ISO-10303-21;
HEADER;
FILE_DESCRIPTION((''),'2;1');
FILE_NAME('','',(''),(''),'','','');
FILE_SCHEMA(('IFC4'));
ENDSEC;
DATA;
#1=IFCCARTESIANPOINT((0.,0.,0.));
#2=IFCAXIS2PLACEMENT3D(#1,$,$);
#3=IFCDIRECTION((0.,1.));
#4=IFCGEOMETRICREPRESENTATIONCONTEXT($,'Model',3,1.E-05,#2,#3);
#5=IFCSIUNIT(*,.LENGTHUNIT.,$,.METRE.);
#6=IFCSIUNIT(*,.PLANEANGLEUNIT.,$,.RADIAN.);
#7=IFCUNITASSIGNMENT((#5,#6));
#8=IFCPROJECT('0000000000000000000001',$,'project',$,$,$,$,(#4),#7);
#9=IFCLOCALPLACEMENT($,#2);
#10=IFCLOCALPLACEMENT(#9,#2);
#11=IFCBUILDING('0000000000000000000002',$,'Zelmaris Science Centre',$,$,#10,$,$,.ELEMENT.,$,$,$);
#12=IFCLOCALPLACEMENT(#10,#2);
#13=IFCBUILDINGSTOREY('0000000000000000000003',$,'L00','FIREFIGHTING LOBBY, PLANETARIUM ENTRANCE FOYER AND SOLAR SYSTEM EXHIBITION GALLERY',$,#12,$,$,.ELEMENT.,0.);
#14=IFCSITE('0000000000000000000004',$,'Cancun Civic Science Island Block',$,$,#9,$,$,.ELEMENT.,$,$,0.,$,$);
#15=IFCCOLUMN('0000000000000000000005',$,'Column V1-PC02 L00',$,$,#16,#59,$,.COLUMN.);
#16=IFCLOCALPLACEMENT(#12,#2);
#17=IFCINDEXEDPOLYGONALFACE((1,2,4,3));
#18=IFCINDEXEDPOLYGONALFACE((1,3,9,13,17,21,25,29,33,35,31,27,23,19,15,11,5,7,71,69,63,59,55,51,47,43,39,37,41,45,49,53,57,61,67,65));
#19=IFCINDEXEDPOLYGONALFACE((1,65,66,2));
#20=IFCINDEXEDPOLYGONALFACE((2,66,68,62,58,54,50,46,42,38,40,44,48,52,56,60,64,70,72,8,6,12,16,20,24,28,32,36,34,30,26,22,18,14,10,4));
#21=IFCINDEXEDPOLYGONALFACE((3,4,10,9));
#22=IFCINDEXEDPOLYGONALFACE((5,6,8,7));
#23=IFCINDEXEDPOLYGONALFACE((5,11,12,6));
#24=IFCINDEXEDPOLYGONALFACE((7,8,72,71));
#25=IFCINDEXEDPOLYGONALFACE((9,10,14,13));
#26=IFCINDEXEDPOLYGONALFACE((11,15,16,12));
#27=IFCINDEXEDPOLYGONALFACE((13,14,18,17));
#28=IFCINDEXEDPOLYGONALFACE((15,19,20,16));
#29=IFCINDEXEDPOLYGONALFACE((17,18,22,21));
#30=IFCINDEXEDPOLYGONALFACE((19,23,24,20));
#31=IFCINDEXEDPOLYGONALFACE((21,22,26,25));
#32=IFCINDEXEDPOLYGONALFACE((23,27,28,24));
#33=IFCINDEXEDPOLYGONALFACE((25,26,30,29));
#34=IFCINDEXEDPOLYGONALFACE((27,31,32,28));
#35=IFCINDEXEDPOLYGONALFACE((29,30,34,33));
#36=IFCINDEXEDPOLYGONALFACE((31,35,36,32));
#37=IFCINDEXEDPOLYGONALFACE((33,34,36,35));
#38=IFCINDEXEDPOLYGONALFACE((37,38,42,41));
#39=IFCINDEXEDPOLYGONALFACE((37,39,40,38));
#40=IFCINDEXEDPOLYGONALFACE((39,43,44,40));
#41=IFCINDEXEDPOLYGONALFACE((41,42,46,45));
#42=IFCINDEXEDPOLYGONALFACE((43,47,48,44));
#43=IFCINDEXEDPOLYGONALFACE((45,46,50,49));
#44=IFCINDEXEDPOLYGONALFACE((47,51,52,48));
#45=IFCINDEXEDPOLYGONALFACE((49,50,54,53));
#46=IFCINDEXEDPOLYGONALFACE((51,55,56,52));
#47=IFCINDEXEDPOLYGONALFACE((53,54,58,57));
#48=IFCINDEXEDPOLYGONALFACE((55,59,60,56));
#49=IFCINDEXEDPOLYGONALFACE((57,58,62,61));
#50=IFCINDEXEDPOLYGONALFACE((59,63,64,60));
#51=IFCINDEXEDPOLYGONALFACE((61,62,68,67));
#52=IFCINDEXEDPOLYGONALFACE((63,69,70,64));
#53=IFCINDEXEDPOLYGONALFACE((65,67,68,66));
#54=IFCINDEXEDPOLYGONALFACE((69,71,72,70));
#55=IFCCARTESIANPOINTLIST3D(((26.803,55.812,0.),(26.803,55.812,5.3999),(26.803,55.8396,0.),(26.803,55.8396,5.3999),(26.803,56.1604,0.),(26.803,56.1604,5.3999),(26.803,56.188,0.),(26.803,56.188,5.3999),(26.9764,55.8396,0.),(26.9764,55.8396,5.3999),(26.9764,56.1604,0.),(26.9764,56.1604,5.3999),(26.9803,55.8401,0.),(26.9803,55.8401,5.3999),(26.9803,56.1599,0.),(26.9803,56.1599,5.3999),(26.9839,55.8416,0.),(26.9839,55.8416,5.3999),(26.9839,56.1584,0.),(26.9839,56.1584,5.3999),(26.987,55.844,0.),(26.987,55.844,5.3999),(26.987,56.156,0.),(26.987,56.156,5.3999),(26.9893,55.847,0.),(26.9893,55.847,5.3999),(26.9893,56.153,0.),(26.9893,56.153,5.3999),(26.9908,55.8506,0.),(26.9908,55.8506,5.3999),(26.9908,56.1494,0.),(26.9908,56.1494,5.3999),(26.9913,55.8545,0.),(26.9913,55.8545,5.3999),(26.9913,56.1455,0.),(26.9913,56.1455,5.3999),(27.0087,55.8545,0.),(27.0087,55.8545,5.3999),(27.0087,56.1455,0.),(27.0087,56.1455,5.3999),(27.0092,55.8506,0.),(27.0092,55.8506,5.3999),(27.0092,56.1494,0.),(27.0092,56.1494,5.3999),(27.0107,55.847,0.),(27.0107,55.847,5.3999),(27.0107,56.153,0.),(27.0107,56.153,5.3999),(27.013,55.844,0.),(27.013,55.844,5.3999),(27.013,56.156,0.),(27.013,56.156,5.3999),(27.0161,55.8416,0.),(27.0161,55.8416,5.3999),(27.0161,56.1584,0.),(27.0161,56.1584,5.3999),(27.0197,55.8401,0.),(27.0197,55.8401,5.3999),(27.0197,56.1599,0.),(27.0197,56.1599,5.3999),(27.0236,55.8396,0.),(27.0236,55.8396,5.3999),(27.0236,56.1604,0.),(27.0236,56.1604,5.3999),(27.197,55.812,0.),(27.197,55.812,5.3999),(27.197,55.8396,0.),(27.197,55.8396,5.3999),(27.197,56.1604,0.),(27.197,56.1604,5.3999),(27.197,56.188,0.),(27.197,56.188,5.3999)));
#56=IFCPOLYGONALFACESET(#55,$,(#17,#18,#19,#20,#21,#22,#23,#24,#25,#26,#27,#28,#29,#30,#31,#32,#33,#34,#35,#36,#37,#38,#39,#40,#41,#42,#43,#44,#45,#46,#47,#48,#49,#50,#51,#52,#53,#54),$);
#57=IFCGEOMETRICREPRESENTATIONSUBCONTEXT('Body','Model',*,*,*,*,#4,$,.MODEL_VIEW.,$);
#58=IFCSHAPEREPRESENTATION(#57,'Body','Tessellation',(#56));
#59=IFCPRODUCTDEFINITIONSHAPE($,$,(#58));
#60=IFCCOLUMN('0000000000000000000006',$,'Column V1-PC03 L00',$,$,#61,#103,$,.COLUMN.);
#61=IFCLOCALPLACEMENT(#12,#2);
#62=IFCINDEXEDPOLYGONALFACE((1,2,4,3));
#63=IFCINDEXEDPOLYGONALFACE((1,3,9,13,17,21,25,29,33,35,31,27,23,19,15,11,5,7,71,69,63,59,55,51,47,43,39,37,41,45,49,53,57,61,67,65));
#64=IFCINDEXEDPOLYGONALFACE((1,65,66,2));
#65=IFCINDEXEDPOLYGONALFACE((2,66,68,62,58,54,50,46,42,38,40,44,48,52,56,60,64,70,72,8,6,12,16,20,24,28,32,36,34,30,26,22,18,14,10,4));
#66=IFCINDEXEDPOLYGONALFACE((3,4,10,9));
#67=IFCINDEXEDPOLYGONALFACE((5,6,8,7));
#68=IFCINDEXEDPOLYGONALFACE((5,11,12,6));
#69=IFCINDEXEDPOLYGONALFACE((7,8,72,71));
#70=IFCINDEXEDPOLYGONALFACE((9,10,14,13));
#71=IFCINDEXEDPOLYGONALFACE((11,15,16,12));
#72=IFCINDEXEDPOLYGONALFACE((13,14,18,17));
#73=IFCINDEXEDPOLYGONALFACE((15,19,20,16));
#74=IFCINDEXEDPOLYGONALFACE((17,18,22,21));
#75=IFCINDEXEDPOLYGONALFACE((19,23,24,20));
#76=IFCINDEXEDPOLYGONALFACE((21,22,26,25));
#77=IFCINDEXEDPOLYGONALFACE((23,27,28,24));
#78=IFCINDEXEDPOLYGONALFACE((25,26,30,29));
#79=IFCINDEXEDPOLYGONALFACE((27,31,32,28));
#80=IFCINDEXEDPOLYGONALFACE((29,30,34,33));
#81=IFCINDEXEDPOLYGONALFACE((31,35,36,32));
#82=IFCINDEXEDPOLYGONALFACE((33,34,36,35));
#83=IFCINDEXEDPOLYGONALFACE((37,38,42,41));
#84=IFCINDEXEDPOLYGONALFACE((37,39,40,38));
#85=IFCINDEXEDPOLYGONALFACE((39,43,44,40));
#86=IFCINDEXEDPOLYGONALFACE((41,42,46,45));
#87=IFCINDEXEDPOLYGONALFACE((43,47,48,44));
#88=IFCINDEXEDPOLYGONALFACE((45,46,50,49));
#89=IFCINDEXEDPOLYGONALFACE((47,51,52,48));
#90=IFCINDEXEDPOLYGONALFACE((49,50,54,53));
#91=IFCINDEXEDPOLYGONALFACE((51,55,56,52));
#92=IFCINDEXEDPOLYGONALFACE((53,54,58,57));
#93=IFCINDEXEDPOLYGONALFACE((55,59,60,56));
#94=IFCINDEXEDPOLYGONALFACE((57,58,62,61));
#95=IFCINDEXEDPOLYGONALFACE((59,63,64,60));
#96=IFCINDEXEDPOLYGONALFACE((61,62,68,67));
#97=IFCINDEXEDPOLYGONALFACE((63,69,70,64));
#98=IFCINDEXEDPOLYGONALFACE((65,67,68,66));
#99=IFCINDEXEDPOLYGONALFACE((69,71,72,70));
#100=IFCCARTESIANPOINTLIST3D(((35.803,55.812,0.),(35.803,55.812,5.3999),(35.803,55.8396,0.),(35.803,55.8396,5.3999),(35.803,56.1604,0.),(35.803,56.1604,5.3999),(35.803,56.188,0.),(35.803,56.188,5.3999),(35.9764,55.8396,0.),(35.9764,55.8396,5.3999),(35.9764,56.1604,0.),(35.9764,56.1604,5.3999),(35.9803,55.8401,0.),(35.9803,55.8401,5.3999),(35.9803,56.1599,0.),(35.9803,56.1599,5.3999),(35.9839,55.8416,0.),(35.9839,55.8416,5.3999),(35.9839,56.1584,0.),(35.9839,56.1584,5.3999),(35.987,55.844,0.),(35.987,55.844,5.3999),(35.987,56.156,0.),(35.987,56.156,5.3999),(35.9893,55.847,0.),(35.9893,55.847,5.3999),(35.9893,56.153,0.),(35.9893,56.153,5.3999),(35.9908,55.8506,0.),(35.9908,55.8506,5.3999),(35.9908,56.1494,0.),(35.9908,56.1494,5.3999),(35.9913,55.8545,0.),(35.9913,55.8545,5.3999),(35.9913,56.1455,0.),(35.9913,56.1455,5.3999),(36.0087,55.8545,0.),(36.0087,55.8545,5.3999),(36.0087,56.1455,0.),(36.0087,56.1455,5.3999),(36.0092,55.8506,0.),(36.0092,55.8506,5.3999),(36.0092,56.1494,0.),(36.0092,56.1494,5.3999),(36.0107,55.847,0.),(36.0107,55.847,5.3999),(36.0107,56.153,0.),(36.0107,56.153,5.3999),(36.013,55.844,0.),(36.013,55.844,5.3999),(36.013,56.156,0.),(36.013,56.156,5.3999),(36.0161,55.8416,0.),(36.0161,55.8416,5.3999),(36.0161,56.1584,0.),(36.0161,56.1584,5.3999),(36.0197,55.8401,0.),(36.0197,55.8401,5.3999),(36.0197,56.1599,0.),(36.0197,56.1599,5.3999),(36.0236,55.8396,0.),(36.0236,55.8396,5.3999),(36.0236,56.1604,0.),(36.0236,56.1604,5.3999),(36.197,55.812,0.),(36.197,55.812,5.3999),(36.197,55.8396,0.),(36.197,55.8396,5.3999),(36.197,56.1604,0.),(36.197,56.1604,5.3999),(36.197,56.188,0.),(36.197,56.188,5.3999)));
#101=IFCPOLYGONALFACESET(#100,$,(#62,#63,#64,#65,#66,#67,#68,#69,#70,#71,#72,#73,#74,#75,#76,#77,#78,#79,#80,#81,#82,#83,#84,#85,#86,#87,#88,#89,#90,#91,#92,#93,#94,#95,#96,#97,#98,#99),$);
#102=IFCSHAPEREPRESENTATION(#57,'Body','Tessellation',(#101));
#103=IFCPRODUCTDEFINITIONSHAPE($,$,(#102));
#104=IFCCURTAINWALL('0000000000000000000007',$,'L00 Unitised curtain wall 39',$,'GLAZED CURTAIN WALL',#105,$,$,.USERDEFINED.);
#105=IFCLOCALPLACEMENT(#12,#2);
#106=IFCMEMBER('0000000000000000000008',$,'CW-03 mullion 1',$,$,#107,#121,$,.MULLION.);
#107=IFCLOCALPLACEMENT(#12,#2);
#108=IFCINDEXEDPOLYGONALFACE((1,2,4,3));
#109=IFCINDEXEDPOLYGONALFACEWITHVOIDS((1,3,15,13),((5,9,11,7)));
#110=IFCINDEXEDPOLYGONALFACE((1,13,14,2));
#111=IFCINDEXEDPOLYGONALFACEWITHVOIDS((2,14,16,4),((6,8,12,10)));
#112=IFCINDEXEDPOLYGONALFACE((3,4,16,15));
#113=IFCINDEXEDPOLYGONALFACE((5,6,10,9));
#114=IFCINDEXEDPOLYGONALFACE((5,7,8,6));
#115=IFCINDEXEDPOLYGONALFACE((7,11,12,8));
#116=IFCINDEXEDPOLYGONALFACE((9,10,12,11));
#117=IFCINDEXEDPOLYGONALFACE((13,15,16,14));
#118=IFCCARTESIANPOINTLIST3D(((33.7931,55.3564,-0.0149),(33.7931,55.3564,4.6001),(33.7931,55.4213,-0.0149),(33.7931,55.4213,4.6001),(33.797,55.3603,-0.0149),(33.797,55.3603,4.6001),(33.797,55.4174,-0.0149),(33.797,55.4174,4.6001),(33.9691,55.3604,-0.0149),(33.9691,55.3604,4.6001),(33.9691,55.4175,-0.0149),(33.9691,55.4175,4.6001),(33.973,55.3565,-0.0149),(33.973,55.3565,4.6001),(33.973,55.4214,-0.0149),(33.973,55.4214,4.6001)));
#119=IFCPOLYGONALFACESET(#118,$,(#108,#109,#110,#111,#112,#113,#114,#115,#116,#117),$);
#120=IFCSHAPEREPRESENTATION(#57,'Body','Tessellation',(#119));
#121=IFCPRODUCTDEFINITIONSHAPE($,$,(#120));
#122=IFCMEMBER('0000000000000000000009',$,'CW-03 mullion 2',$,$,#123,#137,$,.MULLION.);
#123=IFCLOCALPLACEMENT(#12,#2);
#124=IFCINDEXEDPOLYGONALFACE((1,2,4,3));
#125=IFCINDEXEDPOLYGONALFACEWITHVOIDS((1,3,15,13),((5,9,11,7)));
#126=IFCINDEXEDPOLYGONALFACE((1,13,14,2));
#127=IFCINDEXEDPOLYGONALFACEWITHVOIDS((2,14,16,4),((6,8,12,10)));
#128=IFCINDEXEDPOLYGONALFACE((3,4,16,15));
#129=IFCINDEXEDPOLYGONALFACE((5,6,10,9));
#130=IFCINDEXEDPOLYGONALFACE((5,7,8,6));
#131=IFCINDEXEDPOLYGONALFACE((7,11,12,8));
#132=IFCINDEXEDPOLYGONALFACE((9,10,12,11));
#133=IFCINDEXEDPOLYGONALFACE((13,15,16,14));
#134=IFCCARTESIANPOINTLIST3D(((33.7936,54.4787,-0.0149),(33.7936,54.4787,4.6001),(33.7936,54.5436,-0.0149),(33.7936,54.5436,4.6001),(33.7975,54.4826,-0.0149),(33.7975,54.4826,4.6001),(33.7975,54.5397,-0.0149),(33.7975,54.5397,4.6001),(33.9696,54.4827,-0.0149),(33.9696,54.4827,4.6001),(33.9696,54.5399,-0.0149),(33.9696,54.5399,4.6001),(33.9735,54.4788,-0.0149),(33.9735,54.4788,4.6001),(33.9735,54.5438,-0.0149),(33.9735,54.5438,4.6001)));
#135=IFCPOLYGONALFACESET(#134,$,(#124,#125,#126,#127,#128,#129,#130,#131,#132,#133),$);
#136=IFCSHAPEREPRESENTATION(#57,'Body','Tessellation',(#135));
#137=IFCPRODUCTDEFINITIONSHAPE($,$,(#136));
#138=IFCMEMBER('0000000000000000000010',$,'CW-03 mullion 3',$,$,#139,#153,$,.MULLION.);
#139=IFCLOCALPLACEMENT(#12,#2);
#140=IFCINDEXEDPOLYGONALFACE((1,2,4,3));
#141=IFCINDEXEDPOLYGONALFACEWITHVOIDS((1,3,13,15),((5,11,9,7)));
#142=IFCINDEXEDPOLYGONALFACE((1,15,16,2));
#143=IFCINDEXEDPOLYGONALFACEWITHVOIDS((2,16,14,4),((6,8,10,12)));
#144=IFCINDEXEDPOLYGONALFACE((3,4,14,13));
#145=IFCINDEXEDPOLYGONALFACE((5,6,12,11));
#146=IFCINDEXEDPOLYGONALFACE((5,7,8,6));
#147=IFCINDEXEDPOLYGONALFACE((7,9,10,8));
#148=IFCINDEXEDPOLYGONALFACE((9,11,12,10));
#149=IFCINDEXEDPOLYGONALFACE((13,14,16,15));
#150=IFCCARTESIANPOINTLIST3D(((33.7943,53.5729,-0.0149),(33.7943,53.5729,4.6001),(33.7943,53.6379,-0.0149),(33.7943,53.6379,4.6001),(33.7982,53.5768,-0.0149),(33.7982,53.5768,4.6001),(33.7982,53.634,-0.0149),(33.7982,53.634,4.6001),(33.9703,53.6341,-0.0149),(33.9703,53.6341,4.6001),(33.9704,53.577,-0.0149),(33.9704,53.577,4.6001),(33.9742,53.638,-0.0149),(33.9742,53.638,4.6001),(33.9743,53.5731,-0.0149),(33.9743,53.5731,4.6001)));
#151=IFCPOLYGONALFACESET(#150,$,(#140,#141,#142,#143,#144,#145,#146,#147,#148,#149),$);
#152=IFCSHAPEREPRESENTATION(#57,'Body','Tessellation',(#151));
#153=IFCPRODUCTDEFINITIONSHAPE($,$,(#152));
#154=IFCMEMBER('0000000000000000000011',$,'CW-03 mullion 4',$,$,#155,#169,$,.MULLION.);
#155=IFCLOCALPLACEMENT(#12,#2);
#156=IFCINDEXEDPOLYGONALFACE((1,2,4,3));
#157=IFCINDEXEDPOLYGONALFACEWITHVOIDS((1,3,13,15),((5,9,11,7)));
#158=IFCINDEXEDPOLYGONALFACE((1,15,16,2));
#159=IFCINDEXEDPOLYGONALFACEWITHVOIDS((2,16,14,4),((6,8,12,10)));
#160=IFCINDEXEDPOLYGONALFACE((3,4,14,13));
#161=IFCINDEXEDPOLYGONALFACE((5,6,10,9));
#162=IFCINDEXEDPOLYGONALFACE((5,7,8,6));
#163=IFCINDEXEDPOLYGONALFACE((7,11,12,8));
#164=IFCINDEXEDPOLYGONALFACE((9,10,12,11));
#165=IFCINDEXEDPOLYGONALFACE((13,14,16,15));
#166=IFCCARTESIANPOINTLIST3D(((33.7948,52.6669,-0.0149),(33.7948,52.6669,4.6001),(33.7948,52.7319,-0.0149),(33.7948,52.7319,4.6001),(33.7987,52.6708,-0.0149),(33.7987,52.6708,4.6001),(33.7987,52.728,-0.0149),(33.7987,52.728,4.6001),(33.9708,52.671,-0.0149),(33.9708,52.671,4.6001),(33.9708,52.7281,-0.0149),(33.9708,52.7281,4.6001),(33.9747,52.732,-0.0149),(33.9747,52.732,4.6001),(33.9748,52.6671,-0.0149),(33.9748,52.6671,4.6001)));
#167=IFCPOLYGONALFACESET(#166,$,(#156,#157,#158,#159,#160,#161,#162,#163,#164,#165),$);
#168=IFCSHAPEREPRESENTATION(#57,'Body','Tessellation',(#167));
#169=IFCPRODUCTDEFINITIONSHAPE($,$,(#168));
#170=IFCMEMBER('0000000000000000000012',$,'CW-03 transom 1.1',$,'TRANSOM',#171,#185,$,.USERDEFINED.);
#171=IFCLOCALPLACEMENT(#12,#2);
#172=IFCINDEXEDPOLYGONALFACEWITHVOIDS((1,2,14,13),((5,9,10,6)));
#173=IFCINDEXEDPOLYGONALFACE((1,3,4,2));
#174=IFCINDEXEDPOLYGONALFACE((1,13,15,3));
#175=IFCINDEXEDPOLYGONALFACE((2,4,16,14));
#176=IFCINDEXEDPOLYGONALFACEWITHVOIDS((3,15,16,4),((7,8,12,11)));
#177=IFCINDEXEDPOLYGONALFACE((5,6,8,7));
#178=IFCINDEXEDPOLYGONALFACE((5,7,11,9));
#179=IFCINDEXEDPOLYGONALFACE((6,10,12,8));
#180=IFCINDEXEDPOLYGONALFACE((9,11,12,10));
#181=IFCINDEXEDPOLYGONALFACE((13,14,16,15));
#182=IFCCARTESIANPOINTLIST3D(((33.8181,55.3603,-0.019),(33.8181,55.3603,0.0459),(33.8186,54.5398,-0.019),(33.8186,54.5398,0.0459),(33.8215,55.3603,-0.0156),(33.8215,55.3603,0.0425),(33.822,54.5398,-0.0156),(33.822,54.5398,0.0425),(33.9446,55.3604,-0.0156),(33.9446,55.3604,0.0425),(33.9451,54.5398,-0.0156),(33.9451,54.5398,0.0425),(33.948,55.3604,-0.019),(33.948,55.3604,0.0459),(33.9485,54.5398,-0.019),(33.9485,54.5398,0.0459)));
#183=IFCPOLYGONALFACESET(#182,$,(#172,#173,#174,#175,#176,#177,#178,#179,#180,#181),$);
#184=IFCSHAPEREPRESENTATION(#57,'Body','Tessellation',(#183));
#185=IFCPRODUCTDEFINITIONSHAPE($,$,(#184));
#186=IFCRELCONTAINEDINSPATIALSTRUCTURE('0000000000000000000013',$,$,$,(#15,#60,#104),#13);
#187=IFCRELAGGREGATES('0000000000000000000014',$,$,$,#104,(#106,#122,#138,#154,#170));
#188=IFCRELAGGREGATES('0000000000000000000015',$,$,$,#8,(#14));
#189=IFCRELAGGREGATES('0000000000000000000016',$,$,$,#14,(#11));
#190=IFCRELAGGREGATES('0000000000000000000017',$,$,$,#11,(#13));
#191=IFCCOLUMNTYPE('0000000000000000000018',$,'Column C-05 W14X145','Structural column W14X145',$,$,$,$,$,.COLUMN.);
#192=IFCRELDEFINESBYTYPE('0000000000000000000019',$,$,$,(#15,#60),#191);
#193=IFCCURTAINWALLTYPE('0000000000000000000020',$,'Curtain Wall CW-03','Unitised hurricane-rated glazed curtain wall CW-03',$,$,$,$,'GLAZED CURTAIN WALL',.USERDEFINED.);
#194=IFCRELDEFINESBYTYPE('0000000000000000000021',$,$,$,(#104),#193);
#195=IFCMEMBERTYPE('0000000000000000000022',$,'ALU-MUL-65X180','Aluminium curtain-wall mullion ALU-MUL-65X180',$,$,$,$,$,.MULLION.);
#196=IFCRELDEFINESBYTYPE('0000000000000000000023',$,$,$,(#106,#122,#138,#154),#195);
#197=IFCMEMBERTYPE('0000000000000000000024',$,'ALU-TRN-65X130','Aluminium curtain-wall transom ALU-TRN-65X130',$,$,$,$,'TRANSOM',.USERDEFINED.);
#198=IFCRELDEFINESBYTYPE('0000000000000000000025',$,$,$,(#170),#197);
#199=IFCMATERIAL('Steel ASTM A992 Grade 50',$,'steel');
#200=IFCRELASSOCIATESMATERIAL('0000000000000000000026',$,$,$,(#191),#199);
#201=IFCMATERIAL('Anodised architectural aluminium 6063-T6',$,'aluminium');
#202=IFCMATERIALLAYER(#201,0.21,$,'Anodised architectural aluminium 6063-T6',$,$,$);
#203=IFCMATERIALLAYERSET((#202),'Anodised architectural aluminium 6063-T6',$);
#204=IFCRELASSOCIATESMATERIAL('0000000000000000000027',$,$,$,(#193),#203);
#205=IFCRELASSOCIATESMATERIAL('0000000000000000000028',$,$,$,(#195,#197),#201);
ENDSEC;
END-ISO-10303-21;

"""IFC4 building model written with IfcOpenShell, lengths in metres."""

from ifc_helpers import new_model, si_unit, direction, frame, origin, origin_2d, place, context, subcontext, project, spatial, hollow_rectangle, i_section, extrude, material, layer, layer_set, material_profile, profile_set, type_object, element, aggregate, save


model = new_model("IFC4")

# Units and contexts
model_context = context("Model", 3, precision=1e-05, world=origin(), true_north=direction((0.0, 1.0)))
body_context = subcontext(model_context, "Body", "Model", "MODEL_VIEW")
ifc_project = project(units=[si_unit("LENGTHUNIT", "METRE"), si_unit("PLANEANGLEUNIT", "RADIAN")], contexts=[model_context])

# Site, building, storey
site_placement = place(None, origin())
site = spatial("IfcSite", under=ifc_project, at=site_placement, Name="Cancun Civic Science Island Block", CompositionType="ELEMENT", RefElevation=0.0)
building_placement = place(site_placement, origin())
building = spatial("IfcBuilding", under=site, at=building_placement, Name="Zelmaris Science Centre", CompositionType="ELEMENT")
storey_placement = place(building_placement, origin())
storey = spatial("IfcBuildingStorey", under=building, at=storey_placement, Name="L00", Description="FIREFIGHTING LOBBY, PLANETARIUM ENTRANCE FOYER AND SOLAR SYSTEM EXHIBITION GALLERY", CompositionType="ELEMENT", Elevation=0.0)

# Columns
ifc_material_1 = material(Name="Steel ASTM A992 Grade 50", Category="steel")
ifc_material_profile_1 = material_profile(ifc_material_1, i_section(OverallWidth=0.394, OverallDepth=0.376, WebThickness=0.0173, FlangeThickness=0.0276, FilletRadius=0.0149, at=origin_2d()), Name="W14X145")
ifc_profile_set_1 = profile_set([ifc_material_profile_1], Name="Steel ASTM A992 Grade 50")
column_type = type_object("IfcColumnType", Name="Column C-05 W14X145", Description="Structural column W14X145", PredefinedType="COLUMN", material=ifc_profile_set_1)
for number, where, z_axis, x_axis, name in (
    (1, (27.0, 56.0, 0.0), (0.0, 0.0, 1.0), (1.0, 0.0, 0.0), "Column V1-PC02 L00"),
    (2, (36.0, 56.0, 0.0), (0.0, 0.0, 1.0), (1.0, 0.0, 0.0), "Column V1-PC03 L00"),
):
    element("IfcColumn", number, at=place(storey_placement, frame(where, z_axis=z_axis, x_axis=x_axis)), inside=storey, type_object=column_type, Name=name, PredefinedType="COLUMN", context=body_context, shape_type="SweptSolid", body=[
        extrude(i_section(OverallWidth=0.394, OverallDepth=0.376, WebThickness=0.0173, FlangeThickness=0.0276, FilletRadius=0.0149, at=origin_2d()), origin(), (0.0, 0.0, 1.0), 5.3999),
    ])

# Curtain wall, members
ifc_material_2 = material(Name="Anodised architectural aluminium 6063-T6", Category="aluminium")
ifc_layer_1 = layer(ifc_material_2, 0.21, Name="Anodised architectural aluminium 6063-T6")
ifc_layer_set_1 = layer_set([ifc_layer_1], Name="Anodised architectural aluminium 6063-T6")
curtain_wall_type = type_object("IfcCurtainWallType", Name="Curtain Wall CW-03", Description="Unitised hurricane-rated glazed curtain wall CW-03", ElementType="GLAZED CURTAIN WALL", PredefinedType="USERDEFINED", material=ifc_layer_set_1)
curtain_wall_placement = place(storey_placement, origin())
curtain_wall = element("IfcCurtainWall", 3, at=curtain_wall_placement, inside=storey, type_object=curtain_wall_type, Name="L00 Unitised curtain wall 39", ObjectType="GLAZED CURTAIN WALL", PredefinedType="USERDEFINED")
ifc_material_profile_2 = material_profile(ifc_material_2, hollow_rectangle(XDim=0.0649, YDim=0.1799, WallThickness=0.0039, at=origin_2d()), Name="ALU-MUL-65X180")
ifc_profile_set_2 = profile_set([ifc_material_profile_2], Name="Anodised architectural aluminium 6063-T6")
member_type_1 = type_object("IfcMemberType", Name="ALU-MUL-65X180", Description="Aluminium curtain-wall mullion ALU-MUL-65X180", PredefinedType="MULLION", material=ifc_profile_set_2)
member_1_placement = place(storey_placement, frame((33.8831, 55.3889, -0.0149), z_axis=(0.0, 0.0, 1.0), x_axis=(0.000693, -1.0, 0.0)))
member_1 = element("IfcMember", 4, at=member_1_placement, type_object=member_type_1, Name="CW-03 mullion 1", PredefinedType="MULLION", context=body_context, shape_type="SweptSolid", body=[
    extrude(hollow_rectangle(XDim=0.0649, YDim=0.1799, WallThickness=0.0039, at=origin_2d()), origin(), (0.0, 0.0, 1.0), 4.615),
])
member_2_placement = place(storey_placement, frame((33.8835, 54.5112, -0.0149), z_axis=(0.0, 0.0, 1.0), x_axis=(0.000693, -1.0, 0.0)))
member_2 = element("IfcMember", 5, at=member_2_placement, type_object=member_type_1, Name="CW-03 mullion 2", PredefinedType="MULLION", context=body_context, shape_type="SweptSolid", body=[
    extrude(hollow_rectangle(XDim=0.0649, YDim=0.1799, WallThickness=0.0039, at=origin_2d()), origin(), (0.0, 0.0, 1.0), 4.615),
])
member_3_placement = place(storey_placement, frame((33.8843, 53.6055, -0.0149), z_axis=(0.0, 0.0, 1.0), x_axis=(0.000693, -1.0, 0.0)))
member_3 = element("IfcMember", 6, at=member_3_placement, type_object=member_type_1, Name="CW-03 mullion 3", PredefinedType="MULLION", context=body_context, shape_type="SweptSolid", body=[
    extrude(hollow_rectangle(XDim=0.0649, YDim=0.1799, WallThickness=0.0039, at=origin_2d()), origin(), (0.0, 0.0, 1.0), 4.615),
])
member_4_placement = place(storey_placement, frame((33.8848, 52.6995, -0.0149), z_axis=(0.0, 0.0, 1.0), x_axis=(0.000693, -1.0, 0.0)))
member_4 = element("IfcMember", 7, at=member_4_placement, type_object=member_type_1, Name="CW-03 mullion 4", PredefinedType="MULLION", context=body_context, shape_type="SweptSolid", body=[
    extrude(hollow_rectangle(XDim=0.0649, YDim=0.1799, WallThickness=0.0039, at=origin_2d()), origin(), (0.0, 0.0, 1.0), 4.615),
])
ifc_material_profile_3 = material_profile(ifc_material_2, hollow_rectangle(XDim=0.0649, YDim=0.1299, WallThickness=0.0034, at=origin_2d()), Name="ALU-TRN-65X130")
ifc_profile_set_3 = profile_set([ifc_material_profile_3], Name="Anodised architectural aluminium 6063-T6")
member_type_2 = type_object("IfcMemberType", Name="ALU-TRN-65X130", Description="Aluminium curtain-wall transom ALU-TRN-65X130", ElementType="TRANSOM", PredefinedType="USERDEFINED", material=ifc_profile_set_3)
member_5_placement = place(storey_placement, frame((33.8831, 55.3604, 0.0134), z_axis=(0.000595, -1.0, 0.0), x_axis=(0.0, 0.0, 1.0)))
member_5 = element("IfcMember", 8, at=member_5_placement, type_object=member_type_2, Name="CW-03 transom 1.1", ObjectType="TRANSOM", PredefinedType="USERDEFINED", context=body_context, shape_type="SweptSolid", body=[
    extrude(hollow_rectangle(XDim=0.0649, YDim=0.1299, WallThickness=0.0034, at=origin_2d()), origin(), (0.0, 0.0, 1.0), 0.8206),
])

aggregate(curtain_wall, [member_1, member_2, member_3, member_4, member_5])

save(model, "model.ifc")
